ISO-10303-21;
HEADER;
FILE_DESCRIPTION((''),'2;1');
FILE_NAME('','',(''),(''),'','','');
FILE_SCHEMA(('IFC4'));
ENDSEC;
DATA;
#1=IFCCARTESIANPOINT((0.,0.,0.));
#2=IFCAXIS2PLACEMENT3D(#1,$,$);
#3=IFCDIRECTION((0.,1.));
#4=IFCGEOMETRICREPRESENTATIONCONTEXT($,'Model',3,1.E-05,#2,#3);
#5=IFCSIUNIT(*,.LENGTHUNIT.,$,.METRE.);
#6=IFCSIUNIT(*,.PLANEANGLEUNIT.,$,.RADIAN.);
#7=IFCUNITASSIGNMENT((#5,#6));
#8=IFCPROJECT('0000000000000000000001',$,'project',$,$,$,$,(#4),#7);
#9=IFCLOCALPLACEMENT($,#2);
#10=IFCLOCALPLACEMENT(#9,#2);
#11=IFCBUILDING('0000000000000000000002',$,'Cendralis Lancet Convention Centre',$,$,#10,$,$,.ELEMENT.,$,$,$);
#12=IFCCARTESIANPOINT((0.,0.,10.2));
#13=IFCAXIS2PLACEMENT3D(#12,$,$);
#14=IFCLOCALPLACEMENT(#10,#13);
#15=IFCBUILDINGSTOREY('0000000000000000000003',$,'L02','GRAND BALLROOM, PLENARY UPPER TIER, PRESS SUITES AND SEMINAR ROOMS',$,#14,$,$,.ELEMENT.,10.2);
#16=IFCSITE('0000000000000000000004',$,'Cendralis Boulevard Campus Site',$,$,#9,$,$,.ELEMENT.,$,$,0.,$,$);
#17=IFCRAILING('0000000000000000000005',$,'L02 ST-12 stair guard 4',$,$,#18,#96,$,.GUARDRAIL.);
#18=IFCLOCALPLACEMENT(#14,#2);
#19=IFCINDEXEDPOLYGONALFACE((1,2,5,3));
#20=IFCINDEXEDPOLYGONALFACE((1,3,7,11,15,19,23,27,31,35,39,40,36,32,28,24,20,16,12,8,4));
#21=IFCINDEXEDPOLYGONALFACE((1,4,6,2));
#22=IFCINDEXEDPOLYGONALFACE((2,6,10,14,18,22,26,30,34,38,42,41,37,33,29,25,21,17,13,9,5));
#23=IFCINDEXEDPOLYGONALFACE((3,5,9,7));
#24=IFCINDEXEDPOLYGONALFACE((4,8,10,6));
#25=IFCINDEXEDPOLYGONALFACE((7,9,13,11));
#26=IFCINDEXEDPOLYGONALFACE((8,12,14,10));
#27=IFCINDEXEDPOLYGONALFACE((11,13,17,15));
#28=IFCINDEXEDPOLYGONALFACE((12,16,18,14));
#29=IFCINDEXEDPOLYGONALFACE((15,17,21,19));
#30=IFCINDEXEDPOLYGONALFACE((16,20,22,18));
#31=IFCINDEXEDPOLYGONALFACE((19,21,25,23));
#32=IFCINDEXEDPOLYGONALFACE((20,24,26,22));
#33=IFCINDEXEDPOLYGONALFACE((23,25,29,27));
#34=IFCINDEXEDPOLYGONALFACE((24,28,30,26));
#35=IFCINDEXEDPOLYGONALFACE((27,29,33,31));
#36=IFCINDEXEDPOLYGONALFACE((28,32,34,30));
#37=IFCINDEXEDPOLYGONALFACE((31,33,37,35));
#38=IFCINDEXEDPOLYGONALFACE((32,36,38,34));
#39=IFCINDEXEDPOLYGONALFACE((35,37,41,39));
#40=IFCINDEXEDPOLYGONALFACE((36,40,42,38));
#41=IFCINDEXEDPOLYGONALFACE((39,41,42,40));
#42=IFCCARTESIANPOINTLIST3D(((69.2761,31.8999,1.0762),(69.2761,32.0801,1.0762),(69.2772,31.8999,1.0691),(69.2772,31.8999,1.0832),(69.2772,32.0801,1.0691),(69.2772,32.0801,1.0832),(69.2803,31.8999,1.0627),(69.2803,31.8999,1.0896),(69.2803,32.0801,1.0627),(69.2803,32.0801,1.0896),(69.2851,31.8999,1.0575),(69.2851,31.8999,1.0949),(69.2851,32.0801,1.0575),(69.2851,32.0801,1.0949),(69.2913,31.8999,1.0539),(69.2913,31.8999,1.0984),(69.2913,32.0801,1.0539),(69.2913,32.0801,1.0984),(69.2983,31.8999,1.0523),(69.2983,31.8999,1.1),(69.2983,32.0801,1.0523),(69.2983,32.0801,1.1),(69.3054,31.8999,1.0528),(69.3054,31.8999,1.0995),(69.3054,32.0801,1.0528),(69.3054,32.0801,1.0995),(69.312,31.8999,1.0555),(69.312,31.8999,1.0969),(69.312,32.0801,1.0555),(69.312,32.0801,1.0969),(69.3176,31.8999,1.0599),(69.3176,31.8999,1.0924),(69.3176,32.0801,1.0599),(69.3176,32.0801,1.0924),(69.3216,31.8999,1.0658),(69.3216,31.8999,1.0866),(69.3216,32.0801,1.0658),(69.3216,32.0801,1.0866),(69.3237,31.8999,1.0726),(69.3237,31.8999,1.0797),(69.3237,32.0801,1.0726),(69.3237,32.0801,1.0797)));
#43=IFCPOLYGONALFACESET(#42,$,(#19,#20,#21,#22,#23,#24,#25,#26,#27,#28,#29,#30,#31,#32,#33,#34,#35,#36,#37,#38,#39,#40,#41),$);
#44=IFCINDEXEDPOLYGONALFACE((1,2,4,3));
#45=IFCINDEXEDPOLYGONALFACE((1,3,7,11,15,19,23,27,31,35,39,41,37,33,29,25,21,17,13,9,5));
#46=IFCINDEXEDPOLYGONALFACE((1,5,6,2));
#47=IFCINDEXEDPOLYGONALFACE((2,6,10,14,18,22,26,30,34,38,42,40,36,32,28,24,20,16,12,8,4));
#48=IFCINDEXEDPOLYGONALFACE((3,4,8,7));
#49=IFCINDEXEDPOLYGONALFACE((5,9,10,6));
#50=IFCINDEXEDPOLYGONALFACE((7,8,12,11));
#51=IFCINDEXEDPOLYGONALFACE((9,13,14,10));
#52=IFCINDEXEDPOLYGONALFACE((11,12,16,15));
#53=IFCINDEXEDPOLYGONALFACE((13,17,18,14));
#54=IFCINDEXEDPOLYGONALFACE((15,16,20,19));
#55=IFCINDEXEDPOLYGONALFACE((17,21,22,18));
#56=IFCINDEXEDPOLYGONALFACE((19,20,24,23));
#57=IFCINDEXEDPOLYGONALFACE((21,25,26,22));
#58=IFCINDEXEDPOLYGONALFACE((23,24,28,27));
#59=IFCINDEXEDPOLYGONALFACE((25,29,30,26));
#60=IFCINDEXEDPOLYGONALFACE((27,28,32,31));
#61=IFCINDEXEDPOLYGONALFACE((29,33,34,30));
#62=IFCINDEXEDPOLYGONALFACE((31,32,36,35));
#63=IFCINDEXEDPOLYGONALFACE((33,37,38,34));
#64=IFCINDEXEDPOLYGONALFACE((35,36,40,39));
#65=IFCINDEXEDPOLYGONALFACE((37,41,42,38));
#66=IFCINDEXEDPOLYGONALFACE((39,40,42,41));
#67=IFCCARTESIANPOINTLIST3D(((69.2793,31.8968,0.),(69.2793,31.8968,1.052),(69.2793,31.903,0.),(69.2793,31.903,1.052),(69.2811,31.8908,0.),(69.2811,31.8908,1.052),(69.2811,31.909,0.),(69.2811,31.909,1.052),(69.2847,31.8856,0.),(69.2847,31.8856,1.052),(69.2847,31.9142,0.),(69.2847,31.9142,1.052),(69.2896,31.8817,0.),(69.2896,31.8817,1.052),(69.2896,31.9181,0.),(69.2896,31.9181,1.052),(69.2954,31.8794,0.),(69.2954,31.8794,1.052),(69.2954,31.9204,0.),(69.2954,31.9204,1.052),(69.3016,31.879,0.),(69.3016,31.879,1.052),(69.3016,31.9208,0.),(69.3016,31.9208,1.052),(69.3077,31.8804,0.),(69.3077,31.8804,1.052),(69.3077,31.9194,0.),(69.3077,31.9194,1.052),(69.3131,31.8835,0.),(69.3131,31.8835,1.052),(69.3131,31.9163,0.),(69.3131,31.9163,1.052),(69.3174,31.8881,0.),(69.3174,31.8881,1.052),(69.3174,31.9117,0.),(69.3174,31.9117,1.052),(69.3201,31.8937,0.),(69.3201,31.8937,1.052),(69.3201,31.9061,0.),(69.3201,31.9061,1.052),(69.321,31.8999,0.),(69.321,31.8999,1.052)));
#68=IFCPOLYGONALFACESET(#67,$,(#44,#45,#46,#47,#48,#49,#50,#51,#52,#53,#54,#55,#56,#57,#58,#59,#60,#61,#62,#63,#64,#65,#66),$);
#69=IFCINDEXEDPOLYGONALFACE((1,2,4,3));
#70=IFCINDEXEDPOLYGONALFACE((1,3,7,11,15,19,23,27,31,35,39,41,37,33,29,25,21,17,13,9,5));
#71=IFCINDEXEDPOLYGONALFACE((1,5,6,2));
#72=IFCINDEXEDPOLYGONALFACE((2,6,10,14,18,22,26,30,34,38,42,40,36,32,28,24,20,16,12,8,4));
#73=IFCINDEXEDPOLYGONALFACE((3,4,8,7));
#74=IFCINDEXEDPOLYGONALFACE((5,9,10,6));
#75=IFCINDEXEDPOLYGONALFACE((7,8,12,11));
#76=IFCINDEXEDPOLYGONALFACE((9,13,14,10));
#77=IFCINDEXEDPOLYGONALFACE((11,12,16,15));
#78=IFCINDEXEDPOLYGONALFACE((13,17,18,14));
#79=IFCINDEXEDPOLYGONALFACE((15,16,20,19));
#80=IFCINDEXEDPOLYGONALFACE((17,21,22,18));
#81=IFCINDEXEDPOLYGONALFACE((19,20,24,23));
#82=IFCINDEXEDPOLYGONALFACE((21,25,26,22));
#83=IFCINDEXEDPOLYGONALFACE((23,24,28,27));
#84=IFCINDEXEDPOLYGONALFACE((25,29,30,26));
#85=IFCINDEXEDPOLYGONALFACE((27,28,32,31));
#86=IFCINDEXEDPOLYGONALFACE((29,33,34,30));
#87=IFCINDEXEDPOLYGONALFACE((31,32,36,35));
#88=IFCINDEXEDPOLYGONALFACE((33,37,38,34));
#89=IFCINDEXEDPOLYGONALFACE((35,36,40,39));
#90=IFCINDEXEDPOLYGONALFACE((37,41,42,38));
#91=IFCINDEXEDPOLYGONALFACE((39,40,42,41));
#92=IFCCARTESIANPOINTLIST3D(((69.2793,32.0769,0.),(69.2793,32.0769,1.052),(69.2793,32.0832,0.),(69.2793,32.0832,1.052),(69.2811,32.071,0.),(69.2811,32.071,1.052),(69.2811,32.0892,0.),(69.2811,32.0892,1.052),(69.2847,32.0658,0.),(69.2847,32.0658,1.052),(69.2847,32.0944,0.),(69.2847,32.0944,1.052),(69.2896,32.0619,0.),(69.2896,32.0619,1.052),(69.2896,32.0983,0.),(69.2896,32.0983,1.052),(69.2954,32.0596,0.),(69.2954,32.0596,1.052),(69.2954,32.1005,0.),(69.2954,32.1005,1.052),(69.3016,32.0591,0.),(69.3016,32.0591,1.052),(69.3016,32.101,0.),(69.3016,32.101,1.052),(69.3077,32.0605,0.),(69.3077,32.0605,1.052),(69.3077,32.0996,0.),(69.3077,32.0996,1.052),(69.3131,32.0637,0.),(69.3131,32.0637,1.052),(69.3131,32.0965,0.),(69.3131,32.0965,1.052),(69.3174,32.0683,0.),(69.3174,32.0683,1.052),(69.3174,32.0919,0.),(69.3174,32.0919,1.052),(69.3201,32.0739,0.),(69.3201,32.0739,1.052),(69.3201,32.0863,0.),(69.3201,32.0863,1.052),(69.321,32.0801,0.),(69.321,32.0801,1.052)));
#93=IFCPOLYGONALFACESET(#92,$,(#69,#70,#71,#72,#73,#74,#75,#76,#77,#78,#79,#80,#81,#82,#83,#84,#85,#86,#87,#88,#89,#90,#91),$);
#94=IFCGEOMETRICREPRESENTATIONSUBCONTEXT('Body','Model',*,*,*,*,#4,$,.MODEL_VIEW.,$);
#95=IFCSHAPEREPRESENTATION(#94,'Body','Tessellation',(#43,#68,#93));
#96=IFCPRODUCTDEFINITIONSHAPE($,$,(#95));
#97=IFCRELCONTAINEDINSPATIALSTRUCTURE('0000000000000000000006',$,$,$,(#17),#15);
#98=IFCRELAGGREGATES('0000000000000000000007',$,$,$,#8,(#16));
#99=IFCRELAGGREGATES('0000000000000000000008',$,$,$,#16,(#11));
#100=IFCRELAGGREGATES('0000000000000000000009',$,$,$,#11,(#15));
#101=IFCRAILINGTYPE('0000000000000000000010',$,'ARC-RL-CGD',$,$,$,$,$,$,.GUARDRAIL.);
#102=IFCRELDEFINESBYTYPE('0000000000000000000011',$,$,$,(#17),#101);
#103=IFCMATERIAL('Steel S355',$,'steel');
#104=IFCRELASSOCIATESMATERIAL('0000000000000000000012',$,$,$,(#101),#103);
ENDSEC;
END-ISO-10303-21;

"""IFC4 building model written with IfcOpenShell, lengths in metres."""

from ifc_helpers import new_model, si_unit, direction, frame, origin, origin_2d, place, context, subcontext, project, spatial, circle, extrude, material, type_object, element, save


model = new_model("IFC4")

# Units and contexts
model_context = context("Model", 3, precision=1e-05, world=origin(), true_north=direction((0.0, 1.0)))
body_context = subcontext(model_context, "Body", "Model", "MODEL_VIEW")
ifc_project = project(units=[si_unit("LENGTHUNIT", "METRE"), si_unit("PLANEANGLEUNIT", "RADIAN")], contexts=[model_context])

# Site, building, storey
site_placement = place(None, origin())
site = spatial("IfcSite", under=ifc_project, at=site_placement, Name="Cendralis Boulevard Campus Site", CompositionType="ELEMENT", RefElevation=0.0)
building_placement = place(site_placement, origin())
building = spatial("IfcBuilding", under=site, at=building_placement, Name="Cendralis Lancet Convention Centre", CompositionType="ELEMENT")
storey_placement = place(building_placement, frame((0.0, 0.0, 10.2)))
storey = spatial("IfcBuildingStorey", under=building, at=storey_placement, Name="L02", Description="GRAND BALLROOM, PLENARY UPPER TIER, PRESS SUITES AND SEMINAR ROOMS", CompositionType="ELEMENT", Elevation=10.2)

# Shared definitions
ifc_material_1 = material(Name="Steel S355", Category="steel")

# Railing
railing_type_1 = type_object("IfcRailingType", Name="ARC-RL-CGD", PredefinedType="GUARDRAIL", material=ifc_material_1)
railing_1_placement = place(storey_placement, frame((69.3, 31.8999, 0.0)))
element("IfcRailing", 1, at=railing_1_placement, inside=storey, type_object=railing_type_1, Name="L02 ST-12 stair guard 4", PredefinedType="GUARDRAIL", context=body_context, shape_type="SweptSolid", body=[
    extrude(circle(Radius=0.0239, at=origin_2d()), frame((0.0, 0.0, 1.0762), z_axis=(0.0, 1.0, 0.0), x_axis=(-1.0, 0.0, 0.0)), (0.0, 0.0, 1.0), 0.1802),
    extrude(circle(Radius=0.021, at=origin_2d()), origin(), (0.0, 0.0, 1.0), 1.052),
    extrude(circle(Radius=0.021, at=origin_2d()), frame((0.0, 0.1802, 0.0)), (0.0, 0.0, 1.0), 1.052),
])

save(model, "model.ifc")
